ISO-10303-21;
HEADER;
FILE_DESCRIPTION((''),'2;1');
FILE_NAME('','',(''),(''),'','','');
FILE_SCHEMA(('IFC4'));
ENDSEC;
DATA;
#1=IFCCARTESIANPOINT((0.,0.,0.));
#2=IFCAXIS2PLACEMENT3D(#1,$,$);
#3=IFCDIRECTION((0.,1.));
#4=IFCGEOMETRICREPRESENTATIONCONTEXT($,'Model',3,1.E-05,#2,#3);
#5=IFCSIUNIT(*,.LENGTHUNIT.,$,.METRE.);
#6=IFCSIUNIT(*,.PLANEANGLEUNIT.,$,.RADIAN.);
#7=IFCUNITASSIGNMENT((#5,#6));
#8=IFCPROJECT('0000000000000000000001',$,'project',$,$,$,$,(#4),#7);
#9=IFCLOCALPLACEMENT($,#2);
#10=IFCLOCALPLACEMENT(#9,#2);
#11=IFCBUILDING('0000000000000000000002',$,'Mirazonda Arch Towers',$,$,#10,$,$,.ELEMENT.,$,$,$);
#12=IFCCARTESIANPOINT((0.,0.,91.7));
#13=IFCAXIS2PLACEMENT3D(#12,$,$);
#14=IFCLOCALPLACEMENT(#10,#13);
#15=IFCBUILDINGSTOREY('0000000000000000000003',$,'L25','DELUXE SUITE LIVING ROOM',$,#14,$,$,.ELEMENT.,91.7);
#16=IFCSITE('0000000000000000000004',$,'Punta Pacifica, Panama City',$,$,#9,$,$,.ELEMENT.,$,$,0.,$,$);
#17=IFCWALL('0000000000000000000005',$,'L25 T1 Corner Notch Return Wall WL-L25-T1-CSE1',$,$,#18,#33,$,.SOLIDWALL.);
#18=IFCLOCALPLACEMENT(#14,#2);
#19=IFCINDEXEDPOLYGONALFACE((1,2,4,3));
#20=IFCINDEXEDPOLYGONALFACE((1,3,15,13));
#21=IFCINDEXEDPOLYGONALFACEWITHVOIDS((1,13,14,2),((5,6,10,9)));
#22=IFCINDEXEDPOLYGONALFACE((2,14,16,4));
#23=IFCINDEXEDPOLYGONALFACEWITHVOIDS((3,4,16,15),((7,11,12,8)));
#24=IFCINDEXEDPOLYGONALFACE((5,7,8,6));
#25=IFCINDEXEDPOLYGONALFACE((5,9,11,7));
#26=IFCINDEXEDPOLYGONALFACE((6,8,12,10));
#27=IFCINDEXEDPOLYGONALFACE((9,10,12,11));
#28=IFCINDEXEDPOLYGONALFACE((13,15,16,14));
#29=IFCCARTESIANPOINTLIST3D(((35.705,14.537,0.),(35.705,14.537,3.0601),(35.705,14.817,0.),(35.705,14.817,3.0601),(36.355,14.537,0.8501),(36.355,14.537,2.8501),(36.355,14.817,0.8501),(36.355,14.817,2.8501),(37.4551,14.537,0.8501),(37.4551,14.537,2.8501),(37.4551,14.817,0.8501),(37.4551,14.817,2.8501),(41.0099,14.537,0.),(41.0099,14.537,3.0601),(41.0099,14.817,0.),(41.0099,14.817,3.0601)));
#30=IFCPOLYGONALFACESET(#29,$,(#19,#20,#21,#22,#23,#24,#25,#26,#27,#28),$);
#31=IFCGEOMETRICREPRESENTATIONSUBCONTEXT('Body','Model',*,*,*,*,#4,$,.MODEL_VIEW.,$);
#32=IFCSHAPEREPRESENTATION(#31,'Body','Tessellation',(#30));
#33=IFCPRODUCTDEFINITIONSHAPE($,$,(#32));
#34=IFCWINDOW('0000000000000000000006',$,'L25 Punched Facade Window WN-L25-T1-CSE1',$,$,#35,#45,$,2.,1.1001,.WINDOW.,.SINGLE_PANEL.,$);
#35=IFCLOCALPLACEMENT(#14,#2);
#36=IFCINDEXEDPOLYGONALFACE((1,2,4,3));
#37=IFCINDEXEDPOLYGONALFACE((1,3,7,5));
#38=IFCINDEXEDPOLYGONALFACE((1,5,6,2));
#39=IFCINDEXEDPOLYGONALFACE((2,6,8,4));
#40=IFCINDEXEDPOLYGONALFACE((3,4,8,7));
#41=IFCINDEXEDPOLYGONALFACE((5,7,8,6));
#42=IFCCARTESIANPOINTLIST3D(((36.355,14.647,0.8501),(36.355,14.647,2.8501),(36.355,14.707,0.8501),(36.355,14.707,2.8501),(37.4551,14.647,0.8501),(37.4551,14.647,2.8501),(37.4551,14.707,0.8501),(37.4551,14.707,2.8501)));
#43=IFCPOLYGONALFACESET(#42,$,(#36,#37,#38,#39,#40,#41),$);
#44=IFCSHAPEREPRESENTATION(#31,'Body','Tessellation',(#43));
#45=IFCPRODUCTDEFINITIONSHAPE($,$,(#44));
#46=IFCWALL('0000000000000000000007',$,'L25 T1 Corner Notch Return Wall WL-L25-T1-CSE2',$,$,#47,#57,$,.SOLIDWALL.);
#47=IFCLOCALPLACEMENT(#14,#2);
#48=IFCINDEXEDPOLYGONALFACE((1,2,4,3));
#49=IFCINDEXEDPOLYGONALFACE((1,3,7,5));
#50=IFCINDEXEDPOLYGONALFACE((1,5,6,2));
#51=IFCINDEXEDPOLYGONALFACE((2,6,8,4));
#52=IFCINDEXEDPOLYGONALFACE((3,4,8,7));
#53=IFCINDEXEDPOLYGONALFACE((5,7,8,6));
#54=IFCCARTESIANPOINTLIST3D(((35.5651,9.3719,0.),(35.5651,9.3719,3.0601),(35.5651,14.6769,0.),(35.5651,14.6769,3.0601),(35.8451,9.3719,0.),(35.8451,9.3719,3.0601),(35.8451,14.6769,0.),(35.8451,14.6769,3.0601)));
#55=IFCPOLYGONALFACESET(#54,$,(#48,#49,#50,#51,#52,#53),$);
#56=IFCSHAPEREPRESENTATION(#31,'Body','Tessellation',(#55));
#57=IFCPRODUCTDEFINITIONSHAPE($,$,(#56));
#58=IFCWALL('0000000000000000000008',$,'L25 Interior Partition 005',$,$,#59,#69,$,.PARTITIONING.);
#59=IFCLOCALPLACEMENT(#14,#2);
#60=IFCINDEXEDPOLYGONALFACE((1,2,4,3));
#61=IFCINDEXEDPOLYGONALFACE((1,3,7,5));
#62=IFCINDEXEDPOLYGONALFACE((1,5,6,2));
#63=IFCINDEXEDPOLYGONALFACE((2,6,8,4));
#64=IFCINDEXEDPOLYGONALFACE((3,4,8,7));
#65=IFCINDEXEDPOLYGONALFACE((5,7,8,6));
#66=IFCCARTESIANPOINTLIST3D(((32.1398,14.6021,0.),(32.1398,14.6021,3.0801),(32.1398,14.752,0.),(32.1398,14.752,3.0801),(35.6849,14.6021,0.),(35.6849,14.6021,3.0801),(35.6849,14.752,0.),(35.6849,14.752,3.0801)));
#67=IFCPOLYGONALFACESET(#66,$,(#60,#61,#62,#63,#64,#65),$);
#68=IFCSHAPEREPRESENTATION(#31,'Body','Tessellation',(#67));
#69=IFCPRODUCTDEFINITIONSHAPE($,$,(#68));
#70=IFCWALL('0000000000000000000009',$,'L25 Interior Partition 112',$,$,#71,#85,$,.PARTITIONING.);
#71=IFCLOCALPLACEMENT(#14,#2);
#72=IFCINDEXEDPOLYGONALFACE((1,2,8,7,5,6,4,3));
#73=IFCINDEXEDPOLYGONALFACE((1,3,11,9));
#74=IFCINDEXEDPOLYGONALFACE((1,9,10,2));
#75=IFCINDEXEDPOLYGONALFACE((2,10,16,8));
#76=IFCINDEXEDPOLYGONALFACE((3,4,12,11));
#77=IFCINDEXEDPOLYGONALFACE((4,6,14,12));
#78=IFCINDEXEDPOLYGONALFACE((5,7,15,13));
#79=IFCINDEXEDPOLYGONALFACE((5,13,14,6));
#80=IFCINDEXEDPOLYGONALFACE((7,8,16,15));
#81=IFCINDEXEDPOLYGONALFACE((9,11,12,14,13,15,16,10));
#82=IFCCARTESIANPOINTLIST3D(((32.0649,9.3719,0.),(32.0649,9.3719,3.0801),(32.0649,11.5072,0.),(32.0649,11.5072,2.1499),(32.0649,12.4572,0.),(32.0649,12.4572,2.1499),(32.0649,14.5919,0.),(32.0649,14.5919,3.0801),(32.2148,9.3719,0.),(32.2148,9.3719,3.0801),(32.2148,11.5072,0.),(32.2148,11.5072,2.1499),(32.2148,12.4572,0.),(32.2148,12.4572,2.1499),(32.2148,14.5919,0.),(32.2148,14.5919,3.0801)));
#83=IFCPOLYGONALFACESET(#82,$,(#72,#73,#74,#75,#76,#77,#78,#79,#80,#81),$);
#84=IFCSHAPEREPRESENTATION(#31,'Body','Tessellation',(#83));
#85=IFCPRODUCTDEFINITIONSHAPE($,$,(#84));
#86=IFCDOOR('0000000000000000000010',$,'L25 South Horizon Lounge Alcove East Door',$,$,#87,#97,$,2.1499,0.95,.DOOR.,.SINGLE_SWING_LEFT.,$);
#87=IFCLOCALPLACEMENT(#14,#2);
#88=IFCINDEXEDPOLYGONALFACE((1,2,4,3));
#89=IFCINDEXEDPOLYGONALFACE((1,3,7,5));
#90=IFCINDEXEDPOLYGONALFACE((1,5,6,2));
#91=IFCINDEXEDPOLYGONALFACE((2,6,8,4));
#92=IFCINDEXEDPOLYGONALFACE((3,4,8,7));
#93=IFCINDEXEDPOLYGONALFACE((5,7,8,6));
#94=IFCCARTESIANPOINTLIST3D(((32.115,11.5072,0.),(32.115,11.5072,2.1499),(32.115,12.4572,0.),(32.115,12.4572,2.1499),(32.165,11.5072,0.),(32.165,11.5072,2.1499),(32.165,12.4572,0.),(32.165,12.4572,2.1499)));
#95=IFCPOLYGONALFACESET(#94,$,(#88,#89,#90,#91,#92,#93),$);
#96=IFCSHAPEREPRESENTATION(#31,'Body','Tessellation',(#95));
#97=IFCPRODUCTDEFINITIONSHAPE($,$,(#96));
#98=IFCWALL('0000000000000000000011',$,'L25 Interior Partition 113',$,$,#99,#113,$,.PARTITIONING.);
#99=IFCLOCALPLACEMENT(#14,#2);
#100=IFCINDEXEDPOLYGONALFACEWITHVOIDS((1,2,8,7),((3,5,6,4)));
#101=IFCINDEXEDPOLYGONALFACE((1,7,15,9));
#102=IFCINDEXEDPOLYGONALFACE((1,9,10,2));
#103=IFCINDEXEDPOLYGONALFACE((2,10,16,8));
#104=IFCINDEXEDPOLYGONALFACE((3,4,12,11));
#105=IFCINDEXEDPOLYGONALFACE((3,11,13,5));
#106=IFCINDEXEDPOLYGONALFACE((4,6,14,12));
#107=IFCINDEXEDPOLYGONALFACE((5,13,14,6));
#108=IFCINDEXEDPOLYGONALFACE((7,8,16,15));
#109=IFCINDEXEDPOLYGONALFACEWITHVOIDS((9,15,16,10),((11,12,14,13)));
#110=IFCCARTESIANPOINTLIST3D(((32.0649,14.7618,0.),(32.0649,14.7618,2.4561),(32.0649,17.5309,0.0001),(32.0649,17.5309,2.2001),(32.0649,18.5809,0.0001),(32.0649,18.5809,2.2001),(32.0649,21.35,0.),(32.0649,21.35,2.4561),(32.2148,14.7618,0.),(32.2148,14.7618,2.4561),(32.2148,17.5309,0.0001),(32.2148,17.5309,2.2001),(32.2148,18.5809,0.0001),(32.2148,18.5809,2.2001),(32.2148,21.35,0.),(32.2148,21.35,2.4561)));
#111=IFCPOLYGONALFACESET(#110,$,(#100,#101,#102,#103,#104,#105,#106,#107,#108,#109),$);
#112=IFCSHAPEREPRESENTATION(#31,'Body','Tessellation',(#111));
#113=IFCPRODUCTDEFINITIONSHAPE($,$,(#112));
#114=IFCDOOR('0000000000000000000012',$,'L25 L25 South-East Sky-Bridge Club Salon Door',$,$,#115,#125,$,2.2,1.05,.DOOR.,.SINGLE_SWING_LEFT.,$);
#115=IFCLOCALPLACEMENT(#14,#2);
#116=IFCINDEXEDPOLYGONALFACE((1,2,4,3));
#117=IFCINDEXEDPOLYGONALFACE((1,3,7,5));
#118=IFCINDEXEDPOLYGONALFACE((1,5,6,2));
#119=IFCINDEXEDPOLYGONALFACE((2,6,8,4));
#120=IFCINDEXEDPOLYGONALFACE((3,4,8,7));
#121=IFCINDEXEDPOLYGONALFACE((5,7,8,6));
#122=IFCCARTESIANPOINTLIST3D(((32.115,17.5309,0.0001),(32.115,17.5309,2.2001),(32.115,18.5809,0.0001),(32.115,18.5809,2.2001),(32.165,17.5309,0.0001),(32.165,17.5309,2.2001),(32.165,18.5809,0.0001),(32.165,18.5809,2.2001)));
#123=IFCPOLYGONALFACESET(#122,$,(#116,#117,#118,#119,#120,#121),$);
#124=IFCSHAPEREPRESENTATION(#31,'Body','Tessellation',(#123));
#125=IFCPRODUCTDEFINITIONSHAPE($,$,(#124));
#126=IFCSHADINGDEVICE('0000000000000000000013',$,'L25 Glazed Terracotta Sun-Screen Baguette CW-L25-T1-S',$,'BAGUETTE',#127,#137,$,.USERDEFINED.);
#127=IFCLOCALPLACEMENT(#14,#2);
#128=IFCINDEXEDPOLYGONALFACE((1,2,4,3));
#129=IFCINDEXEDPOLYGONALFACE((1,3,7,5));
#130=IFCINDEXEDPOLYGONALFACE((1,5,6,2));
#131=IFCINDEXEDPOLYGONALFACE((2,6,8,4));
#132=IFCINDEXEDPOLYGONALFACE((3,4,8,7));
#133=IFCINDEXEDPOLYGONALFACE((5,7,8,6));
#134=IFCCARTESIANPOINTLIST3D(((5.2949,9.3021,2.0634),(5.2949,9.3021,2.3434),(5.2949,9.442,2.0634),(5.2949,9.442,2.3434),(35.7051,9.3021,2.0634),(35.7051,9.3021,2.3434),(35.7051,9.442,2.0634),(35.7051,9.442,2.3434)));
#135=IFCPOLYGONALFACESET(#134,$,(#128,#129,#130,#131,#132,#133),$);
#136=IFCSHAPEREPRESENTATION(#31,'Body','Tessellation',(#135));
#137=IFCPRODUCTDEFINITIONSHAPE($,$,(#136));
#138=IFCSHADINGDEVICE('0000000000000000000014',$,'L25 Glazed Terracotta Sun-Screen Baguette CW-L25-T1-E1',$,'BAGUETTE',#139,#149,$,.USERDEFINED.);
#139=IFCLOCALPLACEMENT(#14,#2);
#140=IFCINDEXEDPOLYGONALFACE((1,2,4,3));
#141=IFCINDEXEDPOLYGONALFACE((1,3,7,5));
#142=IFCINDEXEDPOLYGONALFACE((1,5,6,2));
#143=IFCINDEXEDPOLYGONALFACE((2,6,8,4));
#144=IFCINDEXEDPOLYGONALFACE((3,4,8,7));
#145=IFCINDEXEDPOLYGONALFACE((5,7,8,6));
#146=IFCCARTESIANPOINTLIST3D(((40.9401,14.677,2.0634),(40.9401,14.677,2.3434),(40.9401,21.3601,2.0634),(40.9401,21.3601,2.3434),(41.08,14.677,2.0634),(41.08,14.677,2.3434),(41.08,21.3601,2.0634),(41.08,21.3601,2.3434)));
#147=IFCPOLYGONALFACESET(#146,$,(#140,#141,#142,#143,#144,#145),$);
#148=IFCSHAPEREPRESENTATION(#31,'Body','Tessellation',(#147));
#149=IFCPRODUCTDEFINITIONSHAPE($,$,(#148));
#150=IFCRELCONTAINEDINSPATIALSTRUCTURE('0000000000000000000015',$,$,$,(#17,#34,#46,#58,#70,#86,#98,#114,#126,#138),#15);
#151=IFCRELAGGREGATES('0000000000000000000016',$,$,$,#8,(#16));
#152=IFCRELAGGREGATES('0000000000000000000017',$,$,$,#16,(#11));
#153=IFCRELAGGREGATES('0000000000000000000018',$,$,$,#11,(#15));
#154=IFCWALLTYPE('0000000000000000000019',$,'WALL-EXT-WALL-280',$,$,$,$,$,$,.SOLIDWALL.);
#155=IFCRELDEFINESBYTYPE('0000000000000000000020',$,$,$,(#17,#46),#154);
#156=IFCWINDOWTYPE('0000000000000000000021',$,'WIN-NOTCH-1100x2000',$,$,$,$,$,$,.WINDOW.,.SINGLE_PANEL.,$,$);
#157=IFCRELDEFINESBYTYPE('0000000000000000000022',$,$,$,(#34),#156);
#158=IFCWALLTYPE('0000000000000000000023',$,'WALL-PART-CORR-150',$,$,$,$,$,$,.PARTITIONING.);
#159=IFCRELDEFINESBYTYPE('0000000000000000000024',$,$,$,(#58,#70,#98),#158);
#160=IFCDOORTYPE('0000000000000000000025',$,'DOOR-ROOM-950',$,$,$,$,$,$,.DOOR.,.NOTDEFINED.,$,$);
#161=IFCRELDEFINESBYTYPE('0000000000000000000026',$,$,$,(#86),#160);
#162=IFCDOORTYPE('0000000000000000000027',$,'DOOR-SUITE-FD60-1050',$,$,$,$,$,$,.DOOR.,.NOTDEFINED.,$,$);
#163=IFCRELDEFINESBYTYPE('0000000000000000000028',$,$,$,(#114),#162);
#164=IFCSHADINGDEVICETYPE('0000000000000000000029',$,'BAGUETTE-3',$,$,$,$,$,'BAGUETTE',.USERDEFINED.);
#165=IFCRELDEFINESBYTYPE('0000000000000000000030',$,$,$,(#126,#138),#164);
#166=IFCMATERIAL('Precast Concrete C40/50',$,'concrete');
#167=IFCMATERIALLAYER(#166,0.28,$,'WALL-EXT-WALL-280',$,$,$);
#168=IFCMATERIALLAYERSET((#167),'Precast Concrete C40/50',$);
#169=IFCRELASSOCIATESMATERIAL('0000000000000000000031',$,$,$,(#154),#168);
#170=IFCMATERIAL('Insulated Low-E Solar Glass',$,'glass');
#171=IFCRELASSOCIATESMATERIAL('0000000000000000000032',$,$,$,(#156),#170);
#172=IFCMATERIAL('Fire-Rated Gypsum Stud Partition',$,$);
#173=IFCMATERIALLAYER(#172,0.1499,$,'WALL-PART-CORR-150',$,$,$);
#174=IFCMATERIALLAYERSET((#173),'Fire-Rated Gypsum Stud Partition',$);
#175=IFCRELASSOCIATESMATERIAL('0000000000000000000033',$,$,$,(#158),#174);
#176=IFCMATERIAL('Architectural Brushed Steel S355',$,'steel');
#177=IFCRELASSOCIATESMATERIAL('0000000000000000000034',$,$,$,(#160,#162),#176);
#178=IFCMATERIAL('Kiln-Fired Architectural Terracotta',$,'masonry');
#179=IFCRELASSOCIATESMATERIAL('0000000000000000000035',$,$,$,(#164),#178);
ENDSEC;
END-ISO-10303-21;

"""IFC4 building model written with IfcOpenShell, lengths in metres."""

from ifc_helpers import new_model, si_unit, direction, frame, frame_2d, origin, origin_2d, place, context, subcontext, project, spatial, rectangle, extrude, material, layer, layer_set, material_profile, profile_set, type_object, element, fill, save


model = new_model("IFC4")

# Units and contexts
model_context = context("Model", 3, precision=1e-05, world=origin(), true_north=direction((0.0, 1.0)))
body_context = subcontext(model_context, "Body", "Model", "MODEL_VIEW")
ifc_project = project(units=[si_unit("LENGTHUNIT", "METRE"), si_unit("PLANEANGLEUNIT", "RADIAN")], contexts=[model_context])

# Site, building, storey
site_placement = place(None, origin())
site = spatial("IfcSite", under=ifc_project, at=site_placement, Name="Punta Pacifica, Panama City", CompositionType="ELEMENT", RefElevation=0.0)
building_placement = place(site_placement, origin())
building = spatial("IfcBuilding", under=site, at=building_placement, Name="Mirazonda Arch Towers", CompositionType="ELEMENT")
storey_placement = place(building_placement, frame((0.0, 0.0, 91.7)))
storey = spatial("IfcBuildingStorey", under=building, at=storey_placement, Name="L25", Description="DELUXE SUITE LIVING ROOM", CompositionType="ELEMENT", Elevation=91.7)

# Shared definitions
ifc_material_1 = material(Name="Insulated Low-E Solar Glass", Category="glass")

# Wall, opening, window
ifc_material_2 = material(Name="Precast Concrete C40/50", Category="concrete")
ifc_layer_1 = layer(ifc_material_2, 0.28, Name="WALL-EXT-WALL-280")
ifc_layer_set_1 = layer_set([ifc_layer_1], Name="Precast Concrete C40/50")
wall_type_1 = type_object("IfcWallType", Name="WALL-EXT-WALL-280", PredefinedType="SOLIDWALL", material=ifc_layer_set_1)
wall_1_placement = place(storey_placement, frame((35.7051, 14.677, 0.0), z_axis=(0.0, 0.0, 1.0), x_axis=(1.0, 0.0, 0.0)))
wall_1 = element("IfcWall", 1, at=wall_1_placement, inside=storey, type_object=wall_type_1, Name="L25 T1 Corner Notch Return Wall WL-L25-T1-CSE1", PredefinedType="SOLIDWALL", context=body_context, shape_type="SweptSolid", body=[
    extrude(rectangle(XDim=5.3049, YDim=0.28, at=frame_2d((2.6523, 0.0))), origin(), (0.0, 0.0, 1.0), 3.0601),
])
opening_1_placement = place(wall_1_placement, frame((0.6499, 0.0, 0.8501)))
opening_1 = element("IfcOpeningElement", 2, at=opening_1_placement, cuts=wall_1, PredefinedType="OPENING", context=body_context, shape_type="SweptSolid", body=[
    extrude(rectangle(XDim=1.1001, YDim=2.0, at=frame_2d((0.55, 1.0))), frame((0.0, 0.1499, 0.0), z_axis=(0.0, -1.0, 0.0), x_axis=(1.0, 0.0, 0.0)), (0.0, 0.0, 1.0), 0.3),
])
window_type = type_object("IfcWindowType", Name="WIN-NOTCH-1100x2000", PartitioningType="SINGLE_PANEL", PredefinedType="WINDOW", material=ifc_material_1)
window_placement = place(opening_1_placement, origin())
window = element("IfcWindow", 3, at=window_placement, inside=storey, type_object=window_type, Name="L25 Punched Facade Window WN-L25-T1-CSE1", OverallHeight=2.0, OverallWidth=1.1001, PartitioningType="SINGLE_PANEL", PredefinedType="WINDOW", context=body_context, shape_type="SweptSolid", body=[
    extrude(rectangle(XDim=1.1001, YDim=2.0, at=frame_2d((0.55, 1.0))), frame((0.0, 0.03, 0.0), z_axis=(0.0, -1.0, 0.0), x_axis=(1.0, 0.0, 0.0)), (0.0, 0.0, 1.0), 0.0601),
])
fill(opening_1, window)

# Walls
wall_2_placement = place(storey_placement, frame((35.7051, 9.3721, 0.0), z_axis=(0.0, 0.0, 1.0), x_axis=(0.0, 1.0, 0.0)))
element("IfcWall", 4, at=wall_2_placement, inside=storey, type_object=wall_type_1, Name="L25 T1 Corner Notch Return Wall WL-L25-T1-CSE2", PredefinedType="SOLIDWALL", context=body_context, shape_type="SweptSolid", body=[
    extrude(rectangle(XDim=5.3049, YDim=0.28, at=frame_2d((2.6523, 0.0))), origin(), (0.0, 0.0, 1.0), 3.0601),
])
ifc_material_3 = material(Name="Fire-Rated Gypsum Stud Partition")
ifc_layer_2 = layer(ifc_material_3, 0.1499, Name="WALL-PART-CORR-150")
ifc_layer_set_2 = layer_set([ifc_layer_2], Name="Fire-Rated Gypsum Stud Partition")
wall_type_2 = type_object("IfcWallType", Name="WALL-PART-CORR-150", PredefinedType="PARTITIONING", material=ifc_layer_set_2)
wall_3_placement = place(storey_placement, frame((32.1399, 14.677, 0.0), z_axis=(0.0, 0.0, 1.0), x_axis=(1.0, 0.0, 0.0)))
element("IfcWall", 5, at=wall_3_placement, inside=storey, type_object=wall_type_2, Name="L25 Interior Partition 005", PredefinedType="PARTITIONING", context=body_context, shape_type="SweptSolid", body=[
    extrude(rectangle(XDim=3.5452, YDim=0.1499, at=frame_2d((1.7725, 0.0))), origin(), (0.0, 0.0, 1.0), 3.0801),
])

# Walls, openings, doors
wall_4_placement = place(storey_placement, frame((32.1399, 9.3721, 0.0), z_axis=(0.0, 0.0, 1.0), x_axis=(0.0, 1.0, 0.0)))
wall_4 = element("IfcWall", 6, at=wall_4_placement, inside=storey, type_object=wall_type_2, Name="L25 Interior Partition 112", PredefinedType="PARTITIONING", context=body_context, shape_type="SweptSolid", body=[
    extrude(rectangle(XDim=5.22, YDim=0.1499, at=frame_2d((2.6099, 0.0))), origin(), (0.0, 0.0, 1.0), 3.0801),
])
opening_2_placement = place(wall_4_placement, frame((2.135, 0.0, 0.0)))
opening_2 = element("IfcOpeningElement", 7, at=opening_2_placement, cuts=wall_4, PredefinedType="OPENING", context=body_context, shape_type="SweptSolid", body=[
    extrude(rectangle(XDim=0.95, YDim=2.1499, at=frame_2d((0.4751, 1.075))), frame((0.0, 0.085, 0.0), z_axis=(0.0, -1.0, 0.0), x_axis=(1.0, 0.0, 0.0)), (0.0, 0.0, 1.0), 0.1699),
])
ifc_material_4 = material(Name="Architectural Brushed Steel S355", Category="steel")
door_type_1 = type_object("IfcDoorType", Name="DOOR-ROOM-950", OperationType="NOTDEFINED", PredefinedType="DOOR", material=ifc_material_4)
door_1_placement = place(opening_2_placement, origin())
door_1 = element("IfcDoor", 8, at=door_1_placement, inside=storey, type_object=door_type_1, Name="L25 South Horizon Lounge Alcove East Door", OperationType="SINGLE_SWING_LEFT", OverallHeight=2.1499, OverallWidth=0.95, PredefinedType="DOOR", context=body_context, shape_type="SweptSolid", body=[
    extrude(rectangle(XDim=0.95, YDim=2.1499, at=frame_2d((0.4751, 1.075))), frame((0.0, 0.0249, 0.0), z_axis=(0.0, -1.0, 0.0), x_axis=(1.0, 0.0, 0.0)), (0.0, 0.0, 1.0), 0.05),
])
fill(opening_2, door_1)
wall_5_placement = place(storey_placement, frame((32.1399, 14.762, 0.0), z_axis=(0.0, 0.0, 1.0), x_axis=(0.0, 1.0, 0.0)))
wall_5 = element("IfcWall", 9, at=wall_5_placement, inside=storey, type_object=wall_type_2, Name="L25 Interior Partition 113", PredefinedType="PARTITIONING", context=body_context, shape_type="SweptSolid", body=[
    extrude(rectangle(XDim=6.5881, YDim=0.1499, at=frame_2d((3.2939, 0.0))), origin(), (0.0, 0.0, 1.0), 2.4561),
])
opening_3_placement = place(wall_5_placement, frame((2.769, 0.0, 0.0)))
opening_3 = element("IfcOpeningElement", 10, at=opening_3_placement, cuts=wall_5, PredefinedType="OPENING", context=body_context, shape_type="SweptSolid", body=[
    extrude(rectangle(XDim=1.05, YDim=2.2, at=frame_2d((0.5249, 1.1001))), frame((0.0, 0.085, 0.0), z_axis=(0.0, -1.0, 0.0), x_axis=(1.0, 0.0, 0.0)), (0.0, 0.0, 1.0), 0.1699),
])
door_type_2 = type_object("IfcDoorType", Name="DOOR-SUITE-FD60-1050", OperationType="NOTDEFINED", PredefinedType="DOOR", material=ifc_material_4)
door_2_placement = place(opening_3_placement, origin())
door_2 = element("IfcDoor", 11, at=door_2_placement, inside=storey, type_object=door_type_2, Name="L25 L25 South-East Sky-Bridge Club Salon Door", OperationType="SINGLE_SWING_LEFT", OverallHeight=2.2, OverallWidth=1.05, PredefinedType="DOOR", context=body_context, shape_type="SweptSolid", body=[
    extrude(rectangle(XDim=1.05, YDim=2.2, at=frame_2d((0.5249, 1.1001))), frame((0.0, 0.0249, 0.0), z_axis=(0.0, -1.0, 0.0), x_axis=(1.0, 0.0, 0.0)), (0.0, 0.0, 1.0), 0.05),
])
fill(opening_3, door_2)

# Shading devices
ifc_material_5 = material(Name="Kiln-Fired Architectural Terracotta", Category="masonry")
ifc_material_profile_1 = material_profile(ifc_material_5, rectangle(XDim=0.1399, YDim=0.28, at=origin_2d()), Name="TERRA-BAG-140x280")
ifc_profile_set_1 = profile_set([ifc_material_profile_1], Name="Kiln-Fired Architectural Terracotta")
shading_device_type = type_object("IfcShadingDeviceType", Name="BAGUETTE-3", ElementType="BAGUETTE", PredefinedType="USERDEFINED", material=ifc_profile_set_1)
shading_device_1_placement = place(storey_placement, frame((35.7051, 9.3721, 2.2034), z_axis=(-1.0, 0.0, 0.0), x_axis=(0.0, -1.0, 0.0)))
element("IfcShadingDevice", 12, at=shading_device_1_placement, inside=storey, type_object=shading_device_type, Name="L25 Glazed Terracotta Sun-Screen Baguette CW-L25-T1-S", ObjectType="BAGUETTE", PredefinedType="USERDEFINED", context=body_context, shape_type="SweptSolid", body=[
    extrude(rectangle(XDim=0.1399, YDim=0.28, at=origin_2d()), origin(), (0.0, 0.0, 1.0), 30.4102),
])
shading_device_2_placement = place(storey_placement, frame((41.01, 14.677, 2.2034), z_axis=(0.0, 1.0, 0.0), x_axis=(-1.0, 0.0, 0.0)))
element("IfcShadingDevice", 13, at=shading_device_2_placement, inside=storey, type_object=shading_device_type, Name="L25 Glazed Terracotta Sun-Screen Baguette CW-L25-T1-E1", ObjectType="BAGUETTE", PredefinedType="USERDEFINED", context=body_context, shape_type="SweptSolid", body=[
    extrude(rectangle(XDim=0.1399, YDim=0.28, at=origin_2d()), origin(), (0.0, 0.0, 1.0), 6.6831),
])

save(model, "model.ifc")
